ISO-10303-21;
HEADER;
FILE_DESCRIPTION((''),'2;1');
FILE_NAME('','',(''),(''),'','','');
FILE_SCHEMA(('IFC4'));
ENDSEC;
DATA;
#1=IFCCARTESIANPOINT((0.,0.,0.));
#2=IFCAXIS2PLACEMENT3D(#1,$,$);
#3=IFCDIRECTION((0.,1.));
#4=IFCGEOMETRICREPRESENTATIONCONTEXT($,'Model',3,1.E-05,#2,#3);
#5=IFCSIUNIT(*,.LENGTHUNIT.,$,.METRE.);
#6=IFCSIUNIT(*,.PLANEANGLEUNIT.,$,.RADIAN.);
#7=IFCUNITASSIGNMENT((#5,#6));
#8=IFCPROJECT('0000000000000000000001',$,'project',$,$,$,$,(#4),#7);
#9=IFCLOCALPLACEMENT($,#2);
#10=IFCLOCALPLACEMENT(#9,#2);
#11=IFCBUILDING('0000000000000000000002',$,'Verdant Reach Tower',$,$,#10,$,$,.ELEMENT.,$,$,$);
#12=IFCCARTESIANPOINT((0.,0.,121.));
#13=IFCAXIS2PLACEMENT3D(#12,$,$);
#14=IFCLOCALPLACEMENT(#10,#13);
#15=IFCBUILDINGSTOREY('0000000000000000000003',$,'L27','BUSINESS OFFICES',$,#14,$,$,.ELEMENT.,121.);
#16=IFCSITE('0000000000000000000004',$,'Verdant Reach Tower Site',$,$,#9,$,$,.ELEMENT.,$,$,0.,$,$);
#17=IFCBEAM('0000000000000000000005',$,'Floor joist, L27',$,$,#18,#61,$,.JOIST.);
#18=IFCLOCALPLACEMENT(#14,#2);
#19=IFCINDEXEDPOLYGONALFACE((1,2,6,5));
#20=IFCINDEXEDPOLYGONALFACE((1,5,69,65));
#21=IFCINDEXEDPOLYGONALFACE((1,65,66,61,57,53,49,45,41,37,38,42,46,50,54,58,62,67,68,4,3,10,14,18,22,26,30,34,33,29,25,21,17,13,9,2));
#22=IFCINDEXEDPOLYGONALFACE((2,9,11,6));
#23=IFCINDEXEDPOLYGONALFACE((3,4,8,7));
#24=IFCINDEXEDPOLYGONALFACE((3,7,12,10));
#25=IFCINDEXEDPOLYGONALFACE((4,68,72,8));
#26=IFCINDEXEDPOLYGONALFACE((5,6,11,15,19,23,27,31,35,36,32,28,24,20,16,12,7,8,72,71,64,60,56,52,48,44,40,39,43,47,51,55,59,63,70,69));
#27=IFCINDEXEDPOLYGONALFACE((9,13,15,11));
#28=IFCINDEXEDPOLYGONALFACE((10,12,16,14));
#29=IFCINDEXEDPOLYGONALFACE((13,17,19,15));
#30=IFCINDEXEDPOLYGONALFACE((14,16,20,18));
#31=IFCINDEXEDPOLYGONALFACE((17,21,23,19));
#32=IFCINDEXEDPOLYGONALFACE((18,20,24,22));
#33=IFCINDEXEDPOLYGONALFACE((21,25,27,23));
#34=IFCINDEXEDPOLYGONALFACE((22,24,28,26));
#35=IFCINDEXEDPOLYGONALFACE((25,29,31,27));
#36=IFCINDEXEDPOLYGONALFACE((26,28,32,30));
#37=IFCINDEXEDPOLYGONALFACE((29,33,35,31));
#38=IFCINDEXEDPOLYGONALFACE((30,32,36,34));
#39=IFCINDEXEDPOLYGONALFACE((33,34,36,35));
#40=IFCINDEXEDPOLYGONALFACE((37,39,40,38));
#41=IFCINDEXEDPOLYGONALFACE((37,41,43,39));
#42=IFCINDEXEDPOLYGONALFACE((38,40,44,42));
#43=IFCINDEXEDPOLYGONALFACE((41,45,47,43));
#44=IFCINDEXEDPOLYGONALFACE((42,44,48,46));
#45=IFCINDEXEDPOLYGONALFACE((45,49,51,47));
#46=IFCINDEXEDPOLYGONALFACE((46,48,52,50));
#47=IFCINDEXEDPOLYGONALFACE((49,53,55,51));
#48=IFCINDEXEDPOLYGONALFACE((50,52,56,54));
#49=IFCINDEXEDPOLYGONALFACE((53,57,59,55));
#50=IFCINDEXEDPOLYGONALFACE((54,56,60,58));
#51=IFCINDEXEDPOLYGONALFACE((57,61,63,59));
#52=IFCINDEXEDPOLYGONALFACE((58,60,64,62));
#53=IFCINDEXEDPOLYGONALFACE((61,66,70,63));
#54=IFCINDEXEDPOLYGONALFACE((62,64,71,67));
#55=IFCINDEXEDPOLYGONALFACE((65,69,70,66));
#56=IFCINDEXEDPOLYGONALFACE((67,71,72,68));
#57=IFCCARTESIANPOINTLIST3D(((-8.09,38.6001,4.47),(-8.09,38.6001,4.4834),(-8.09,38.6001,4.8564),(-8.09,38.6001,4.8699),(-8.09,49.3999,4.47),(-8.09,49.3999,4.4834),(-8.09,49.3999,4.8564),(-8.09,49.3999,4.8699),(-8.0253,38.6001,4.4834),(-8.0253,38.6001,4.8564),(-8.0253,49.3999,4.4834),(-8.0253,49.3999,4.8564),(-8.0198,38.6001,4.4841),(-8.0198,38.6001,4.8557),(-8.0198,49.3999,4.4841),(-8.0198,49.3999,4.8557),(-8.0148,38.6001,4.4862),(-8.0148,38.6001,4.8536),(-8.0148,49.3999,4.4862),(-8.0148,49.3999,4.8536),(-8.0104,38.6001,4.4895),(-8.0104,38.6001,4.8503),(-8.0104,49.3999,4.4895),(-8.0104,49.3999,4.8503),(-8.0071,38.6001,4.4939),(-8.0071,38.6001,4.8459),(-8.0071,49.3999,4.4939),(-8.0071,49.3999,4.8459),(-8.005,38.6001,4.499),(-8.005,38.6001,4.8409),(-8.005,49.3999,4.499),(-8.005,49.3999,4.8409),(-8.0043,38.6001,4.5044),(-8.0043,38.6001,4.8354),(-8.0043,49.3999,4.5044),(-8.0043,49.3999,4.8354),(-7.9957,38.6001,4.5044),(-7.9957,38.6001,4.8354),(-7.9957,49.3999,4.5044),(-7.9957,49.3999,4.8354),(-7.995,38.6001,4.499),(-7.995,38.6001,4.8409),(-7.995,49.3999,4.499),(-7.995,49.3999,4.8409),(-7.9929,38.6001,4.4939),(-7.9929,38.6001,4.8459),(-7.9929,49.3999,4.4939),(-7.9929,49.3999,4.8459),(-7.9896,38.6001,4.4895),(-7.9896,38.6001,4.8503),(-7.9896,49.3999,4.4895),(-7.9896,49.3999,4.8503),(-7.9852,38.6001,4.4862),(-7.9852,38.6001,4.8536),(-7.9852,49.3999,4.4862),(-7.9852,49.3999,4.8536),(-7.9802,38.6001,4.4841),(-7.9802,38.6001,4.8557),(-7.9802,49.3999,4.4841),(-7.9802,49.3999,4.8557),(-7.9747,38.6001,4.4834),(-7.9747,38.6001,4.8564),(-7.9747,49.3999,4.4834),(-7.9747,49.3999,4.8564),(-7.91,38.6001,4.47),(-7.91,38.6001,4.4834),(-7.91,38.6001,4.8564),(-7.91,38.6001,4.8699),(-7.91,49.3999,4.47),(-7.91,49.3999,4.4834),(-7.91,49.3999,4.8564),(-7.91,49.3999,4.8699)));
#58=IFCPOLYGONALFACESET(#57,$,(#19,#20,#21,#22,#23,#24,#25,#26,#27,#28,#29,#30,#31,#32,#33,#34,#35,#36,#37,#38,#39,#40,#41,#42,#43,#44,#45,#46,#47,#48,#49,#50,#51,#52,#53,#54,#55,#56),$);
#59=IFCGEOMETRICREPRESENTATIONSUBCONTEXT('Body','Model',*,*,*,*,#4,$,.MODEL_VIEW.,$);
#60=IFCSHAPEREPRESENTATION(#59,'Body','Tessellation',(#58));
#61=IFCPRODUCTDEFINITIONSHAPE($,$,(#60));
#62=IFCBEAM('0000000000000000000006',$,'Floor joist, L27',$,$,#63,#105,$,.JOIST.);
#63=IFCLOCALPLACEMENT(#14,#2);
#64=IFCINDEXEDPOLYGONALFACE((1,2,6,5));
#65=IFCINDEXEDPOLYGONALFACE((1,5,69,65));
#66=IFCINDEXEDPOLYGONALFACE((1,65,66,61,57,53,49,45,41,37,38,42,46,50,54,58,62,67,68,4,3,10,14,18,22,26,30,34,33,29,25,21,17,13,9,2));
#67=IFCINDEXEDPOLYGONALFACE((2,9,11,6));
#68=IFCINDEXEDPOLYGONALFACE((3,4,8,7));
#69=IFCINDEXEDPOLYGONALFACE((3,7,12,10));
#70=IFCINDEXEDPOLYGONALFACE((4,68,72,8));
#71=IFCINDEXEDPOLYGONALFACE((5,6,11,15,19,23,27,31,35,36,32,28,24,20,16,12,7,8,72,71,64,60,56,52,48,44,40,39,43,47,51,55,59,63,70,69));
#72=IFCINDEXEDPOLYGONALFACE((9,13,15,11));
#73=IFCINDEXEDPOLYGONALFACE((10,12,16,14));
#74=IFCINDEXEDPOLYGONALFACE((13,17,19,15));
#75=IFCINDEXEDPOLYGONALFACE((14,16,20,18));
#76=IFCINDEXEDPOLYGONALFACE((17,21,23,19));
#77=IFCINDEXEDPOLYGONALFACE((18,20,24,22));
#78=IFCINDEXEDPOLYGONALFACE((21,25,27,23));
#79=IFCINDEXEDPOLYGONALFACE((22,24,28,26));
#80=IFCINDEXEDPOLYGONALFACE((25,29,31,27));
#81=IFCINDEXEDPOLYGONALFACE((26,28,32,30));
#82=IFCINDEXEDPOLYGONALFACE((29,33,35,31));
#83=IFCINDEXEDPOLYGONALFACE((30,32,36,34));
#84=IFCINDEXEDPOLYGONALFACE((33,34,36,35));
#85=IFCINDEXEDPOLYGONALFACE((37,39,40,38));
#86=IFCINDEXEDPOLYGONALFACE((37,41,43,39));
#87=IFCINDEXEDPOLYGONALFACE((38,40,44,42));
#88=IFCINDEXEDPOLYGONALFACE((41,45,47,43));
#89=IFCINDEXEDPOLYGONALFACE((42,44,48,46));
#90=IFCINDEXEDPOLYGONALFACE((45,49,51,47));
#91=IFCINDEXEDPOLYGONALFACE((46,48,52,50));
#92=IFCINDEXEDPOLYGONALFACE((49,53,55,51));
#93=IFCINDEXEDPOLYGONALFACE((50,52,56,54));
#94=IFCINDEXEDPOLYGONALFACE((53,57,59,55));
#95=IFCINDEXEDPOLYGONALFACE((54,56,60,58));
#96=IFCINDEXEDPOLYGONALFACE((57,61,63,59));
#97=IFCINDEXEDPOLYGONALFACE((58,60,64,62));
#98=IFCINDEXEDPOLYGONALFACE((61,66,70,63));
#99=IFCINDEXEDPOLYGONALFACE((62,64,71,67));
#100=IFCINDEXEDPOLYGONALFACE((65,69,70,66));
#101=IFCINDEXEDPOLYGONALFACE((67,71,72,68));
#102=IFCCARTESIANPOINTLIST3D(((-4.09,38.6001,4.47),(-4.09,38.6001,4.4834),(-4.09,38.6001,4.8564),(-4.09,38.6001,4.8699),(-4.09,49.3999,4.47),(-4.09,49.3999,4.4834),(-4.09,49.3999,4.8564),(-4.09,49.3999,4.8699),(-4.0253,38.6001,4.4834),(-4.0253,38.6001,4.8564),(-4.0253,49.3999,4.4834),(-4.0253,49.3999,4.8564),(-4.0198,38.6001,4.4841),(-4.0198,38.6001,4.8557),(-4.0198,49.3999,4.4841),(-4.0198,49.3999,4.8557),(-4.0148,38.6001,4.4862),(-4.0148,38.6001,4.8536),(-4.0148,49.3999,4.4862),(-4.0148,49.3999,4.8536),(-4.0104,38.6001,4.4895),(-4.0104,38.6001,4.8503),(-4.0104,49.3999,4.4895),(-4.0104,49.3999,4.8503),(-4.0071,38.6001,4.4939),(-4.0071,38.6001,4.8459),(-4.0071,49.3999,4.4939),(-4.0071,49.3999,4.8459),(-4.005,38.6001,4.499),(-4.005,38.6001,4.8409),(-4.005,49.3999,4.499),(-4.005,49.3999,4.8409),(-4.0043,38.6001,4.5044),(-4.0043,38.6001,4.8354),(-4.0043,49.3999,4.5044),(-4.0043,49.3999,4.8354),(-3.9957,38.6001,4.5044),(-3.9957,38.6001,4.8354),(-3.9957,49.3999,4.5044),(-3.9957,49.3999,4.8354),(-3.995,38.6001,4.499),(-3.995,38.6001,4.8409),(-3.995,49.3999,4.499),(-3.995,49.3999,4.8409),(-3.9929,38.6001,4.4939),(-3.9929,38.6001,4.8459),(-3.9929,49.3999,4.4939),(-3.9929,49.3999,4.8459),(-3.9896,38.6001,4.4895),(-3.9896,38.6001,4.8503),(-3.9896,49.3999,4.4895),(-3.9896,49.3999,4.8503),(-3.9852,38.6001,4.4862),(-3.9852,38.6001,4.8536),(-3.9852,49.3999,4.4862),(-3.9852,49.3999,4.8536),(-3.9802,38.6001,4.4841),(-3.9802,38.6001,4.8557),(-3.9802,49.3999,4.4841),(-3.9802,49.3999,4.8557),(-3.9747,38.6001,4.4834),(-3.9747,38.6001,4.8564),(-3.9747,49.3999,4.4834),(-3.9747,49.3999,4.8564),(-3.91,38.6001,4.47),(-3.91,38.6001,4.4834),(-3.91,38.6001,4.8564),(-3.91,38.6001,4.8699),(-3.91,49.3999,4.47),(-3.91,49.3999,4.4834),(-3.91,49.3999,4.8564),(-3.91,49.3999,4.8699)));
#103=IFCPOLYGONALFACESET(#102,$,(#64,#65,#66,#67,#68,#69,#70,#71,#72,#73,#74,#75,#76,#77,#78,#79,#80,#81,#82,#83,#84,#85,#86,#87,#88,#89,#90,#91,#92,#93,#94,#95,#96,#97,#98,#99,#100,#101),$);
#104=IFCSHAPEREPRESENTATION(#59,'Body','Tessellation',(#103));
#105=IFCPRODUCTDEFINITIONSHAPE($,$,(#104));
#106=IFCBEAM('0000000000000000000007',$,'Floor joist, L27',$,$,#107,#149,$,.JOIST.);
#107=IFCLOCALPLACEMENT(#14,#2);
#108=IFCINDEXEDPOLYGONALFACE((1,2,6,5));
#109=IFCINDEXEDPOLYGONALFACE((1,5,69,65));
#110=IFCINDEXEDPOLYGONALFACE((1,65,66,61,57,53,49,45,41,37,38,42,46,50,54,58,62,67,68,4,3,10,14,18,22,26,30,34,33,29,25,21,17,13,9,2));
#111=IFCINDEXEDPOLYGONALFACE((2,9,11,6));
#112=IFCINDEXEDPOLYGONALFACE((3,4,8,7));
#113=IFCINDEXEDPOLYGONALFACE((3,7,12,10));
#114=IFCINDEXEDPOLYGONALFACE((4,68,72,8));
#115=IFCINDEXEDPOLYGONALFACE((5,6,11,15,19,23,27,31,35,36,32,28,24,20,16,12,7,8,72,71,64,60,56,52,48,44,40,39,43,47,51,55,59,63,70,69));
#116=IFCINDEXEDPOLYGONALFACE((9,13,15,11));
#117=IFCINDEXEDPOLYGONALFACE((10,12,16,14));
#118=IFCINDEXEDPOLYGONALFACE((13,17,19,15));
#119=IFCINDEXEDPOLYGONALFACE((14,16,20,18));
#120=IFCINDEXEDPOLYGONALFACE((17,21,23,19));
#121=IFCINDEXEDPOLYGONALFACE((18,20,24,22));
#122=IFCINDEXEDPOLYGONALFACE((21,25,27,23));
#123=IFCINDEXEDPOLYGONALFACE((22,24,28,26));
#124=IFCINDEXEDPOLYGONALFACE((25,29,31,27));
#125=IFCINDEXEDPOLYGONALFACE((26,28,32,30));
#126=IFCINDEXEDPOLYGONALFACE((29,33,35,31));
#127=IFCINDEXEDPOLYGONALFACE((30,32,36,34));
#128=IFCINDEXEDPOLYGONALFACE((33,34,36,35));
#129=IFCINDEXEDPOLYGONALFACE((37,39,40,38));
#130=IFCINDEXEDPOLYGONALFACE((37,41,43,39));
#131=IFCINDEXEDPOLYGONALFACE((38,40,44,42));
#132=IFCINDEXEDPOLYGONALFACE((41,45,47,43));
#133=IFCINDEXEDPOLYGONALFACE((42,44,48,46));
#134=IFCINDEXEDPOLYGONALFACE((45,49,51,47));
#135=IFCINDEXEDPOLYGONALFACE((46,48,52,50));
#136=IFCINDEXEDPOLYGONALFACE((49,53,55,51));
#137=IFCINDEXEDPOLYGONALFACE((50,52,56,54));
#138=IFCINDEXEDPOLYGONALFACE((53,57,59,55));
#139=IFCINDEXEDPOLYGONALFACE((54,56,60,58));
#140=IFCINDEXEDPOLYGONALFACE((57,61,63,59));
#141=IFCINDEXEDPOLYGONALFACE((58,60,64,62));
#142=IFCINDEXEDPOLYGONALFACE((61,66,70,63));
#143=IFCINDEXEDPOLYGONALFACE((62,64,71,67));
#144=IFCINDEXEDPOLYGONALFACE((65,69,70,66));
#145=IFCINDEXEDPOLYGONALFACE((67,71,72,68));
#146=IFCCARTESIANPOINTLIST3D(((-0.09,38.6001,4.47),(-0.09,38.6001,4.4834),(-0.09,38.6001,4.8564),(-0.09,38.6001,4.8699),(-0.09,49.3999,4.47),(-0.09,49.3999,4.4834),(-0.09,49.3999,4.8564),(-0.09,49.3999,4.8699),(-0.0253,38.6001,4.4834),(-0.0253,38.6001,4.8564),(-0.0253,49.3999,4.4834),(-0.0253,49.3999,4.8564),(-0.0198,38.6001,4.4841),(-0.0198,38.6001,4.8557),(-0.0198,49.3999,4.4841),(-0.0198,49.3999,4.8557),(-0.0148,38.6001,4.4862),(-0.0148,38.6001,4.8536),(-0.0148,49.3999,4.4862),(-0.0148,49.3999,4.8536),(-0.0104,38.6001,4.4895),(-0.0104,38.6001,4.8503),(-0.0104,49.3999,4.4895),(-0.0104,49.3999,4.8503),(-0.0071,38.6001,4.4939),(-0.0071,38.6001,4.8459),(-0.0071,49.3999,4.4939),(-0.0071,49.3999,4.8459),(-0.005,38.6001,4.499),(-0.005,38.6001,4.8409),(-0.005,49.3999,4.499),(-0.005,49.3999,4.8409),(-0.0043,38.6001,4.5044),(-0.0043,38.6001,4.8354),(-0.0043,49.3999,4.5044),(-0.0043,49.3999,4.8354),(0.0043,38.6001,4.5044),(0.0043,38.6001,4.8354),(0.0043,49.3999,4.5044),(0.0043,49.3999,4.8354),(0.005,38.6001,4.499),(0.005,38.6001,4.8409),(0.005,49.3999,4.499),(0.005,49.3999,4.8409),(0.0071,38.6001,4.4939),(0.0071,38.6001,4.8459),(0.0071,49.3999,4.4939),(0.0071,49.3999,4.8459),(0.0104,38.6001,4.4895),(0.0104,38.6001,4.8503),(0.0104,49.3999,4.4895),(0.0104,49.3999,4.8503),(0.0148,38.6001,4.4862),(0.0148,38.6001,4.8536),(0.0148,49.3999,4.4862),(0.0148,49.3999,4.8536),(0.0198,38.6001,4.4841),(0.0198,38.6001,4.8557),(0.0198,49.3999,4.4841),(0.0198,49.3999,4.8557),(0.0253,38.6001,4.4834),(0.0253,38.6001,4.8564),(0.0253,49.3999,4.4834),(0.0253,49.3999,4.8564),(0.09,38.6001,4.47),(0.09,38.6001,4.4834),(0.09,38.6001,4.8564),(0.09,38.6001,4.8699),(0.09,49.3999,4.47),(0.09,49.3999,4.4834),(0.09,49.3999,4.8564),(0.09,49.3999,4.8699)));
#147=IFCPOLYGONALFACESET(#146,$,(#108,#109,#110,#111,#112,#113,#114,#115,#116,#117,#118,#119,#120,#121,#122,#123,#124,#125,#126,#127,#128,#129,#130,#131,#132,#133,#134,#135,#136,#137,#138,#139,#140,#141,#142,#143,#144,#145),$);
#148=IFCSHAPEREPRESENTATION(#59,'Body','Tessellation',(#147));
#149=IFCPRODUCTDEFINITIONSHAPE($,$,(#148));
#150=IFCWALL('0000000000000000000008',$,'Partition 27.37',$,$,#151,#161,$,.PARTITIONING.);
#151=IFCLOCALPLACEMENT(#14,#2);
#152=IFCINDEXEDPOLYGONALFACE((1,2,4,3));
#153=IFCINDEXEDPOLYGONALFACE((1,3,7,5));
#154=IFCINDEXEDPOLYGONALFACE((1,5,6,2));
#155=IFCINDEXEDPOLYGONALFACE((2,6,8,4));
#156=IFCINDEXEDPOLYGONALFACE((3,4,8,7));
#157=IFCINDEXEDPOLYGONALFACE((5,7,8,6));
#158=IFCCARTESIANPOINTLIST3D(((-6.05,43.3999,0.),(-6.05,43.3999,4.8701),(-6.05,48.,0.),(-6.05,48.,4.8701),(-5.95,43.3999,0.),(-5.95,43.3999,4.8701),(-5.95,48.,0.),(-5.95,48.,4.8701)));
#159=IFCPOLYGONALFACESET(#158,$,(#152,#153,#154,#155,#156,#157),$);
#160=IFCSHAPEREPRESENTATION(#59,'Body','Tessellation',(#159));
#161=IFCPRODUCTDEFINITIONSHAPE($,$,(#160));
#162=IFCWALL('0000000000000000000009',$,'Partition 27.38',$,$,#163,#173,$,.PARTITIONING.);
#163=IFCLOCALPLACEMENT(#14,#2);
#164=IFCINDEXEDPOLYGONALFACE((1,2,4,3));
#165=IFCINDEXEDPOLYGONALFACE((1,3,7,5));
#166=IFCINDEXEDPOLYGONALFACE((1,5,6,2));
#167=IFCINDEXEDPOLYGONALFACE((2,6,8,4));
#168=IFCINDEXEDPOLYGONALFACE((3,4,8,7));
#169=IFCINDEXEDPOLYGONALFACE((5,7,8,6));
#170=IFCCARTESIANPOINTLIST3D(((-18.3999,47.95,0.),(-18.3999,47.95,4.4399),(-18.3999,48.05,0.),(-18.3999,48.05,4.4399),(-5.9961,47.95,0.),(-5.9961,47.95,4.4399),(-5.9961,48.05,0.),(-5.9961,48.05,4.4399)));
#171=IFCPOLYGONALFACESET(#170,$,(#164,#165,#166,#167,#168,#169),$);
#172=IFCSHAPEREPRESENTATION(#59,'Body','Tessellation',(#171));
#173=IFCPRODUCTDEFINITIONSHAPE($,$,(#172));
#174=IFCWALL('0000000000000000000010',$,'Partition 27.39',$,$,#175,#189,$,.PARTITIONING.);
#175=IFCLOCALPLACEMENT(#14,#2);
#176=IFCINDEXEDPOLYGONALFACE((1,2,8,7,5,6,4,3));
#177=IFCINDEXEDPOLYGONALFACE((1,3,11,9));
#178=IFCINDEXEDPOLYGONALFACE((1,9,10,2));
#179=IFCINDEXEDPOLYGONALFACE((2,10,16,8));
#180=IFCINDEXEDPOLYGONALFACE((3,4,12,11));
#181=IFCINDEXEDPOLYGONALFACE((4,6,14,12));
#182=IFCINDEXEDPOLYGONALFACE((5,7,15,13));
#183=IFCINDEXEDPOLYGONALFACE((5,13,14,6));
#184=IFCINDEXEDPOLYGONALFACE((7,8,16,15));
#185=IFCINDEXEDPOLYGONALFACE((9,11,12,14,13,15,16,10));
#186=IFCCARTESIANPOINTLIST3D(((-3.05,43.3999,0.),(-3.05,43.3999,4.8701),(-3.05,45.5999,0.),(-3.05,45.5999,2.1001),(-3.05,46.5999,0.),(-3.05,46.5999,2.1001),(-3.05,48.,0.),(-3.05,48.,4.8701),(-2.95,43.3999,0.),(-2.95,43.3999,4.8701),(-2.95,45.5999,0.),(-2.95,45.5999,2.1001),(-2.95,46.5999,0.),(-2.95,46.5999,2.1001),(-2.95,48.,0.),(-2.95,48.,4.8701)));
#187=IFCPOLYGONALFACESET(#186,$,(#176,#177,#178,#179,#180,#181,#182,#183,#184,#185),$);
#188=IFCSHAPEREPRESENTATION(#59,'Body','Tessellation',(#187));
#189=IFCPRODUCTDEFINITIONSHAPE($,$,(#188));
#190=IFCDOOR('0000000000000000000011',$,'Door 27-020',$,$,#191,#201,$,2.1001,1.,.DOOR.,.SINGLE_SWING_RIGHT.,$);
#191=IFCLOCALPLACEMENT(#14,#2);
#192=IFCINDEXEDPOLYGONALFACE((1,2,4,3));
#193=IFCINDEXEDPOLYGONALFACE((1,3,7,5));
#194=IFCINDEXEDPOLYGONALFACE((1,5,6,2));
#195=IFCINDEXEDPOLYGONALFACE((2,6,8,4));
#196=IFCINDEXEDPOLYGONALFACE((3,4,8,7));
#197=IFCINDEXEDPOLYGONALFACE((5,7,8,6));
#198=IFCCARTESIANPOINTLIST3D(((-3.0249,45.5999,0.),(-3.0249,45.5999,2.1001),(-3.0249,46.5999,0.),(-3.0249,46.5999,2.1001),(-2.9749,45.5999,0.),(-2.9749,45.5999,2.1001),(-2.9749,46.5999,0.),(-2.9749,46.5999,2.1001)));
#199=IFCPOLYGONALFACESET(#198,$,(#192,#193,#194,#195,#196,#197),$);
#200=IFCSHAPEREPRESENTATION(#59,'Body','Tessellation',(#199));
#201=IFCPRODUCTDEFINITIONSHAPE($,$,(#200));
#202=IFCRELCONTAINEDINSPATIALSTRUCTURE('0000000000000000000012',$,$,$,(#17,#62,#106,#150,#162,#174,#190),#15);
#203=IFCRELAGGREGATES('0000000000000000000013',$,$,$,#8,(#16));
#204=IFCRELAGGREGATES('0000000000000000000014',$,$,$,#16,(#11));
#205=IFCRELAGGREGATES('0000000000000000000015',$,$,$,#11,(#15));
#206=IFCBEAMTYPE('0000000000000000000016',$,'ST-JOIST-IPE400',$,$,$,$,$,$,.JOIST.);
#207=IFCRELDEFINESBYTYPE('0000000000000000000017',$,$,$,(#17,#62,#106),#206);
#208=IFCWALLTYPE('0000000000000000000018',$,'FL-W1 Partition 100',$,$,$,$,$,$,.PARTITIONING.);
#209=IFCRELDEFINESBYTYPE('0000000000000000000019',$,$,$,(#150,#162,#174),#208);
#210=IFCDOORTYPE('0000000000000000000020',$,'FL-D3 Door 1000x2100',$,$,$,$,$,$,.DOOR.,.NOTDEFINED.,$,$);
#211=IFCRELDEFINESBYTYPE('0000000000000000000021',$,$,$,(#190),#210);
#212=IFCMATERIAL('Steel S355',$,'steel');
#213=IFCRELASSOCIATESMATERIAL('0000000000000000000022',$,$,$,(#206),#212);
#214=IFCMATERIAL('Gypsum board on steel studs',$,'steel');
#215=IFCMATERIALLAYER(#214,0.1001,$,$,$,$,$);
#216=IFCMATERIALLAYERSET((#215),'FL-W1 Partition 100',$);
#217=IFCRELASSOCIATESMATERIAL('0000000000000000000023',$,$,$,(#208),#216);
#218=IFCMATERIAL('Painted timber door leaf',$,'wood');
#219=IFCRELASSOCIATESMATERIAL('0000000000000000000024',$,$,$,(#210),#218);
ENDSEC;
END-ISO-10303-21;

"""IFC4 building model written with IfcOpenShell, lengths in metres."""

from ifc_helpers import new_model, si_unit, direction, frame, frame_2d, origin, origin_2d, place, context, subcontext, project, spatial, rectangle, i_section, extrude, material, layer, layer_set, material_profile, profile_set, type_object, element, fill, save


model = new_model("IFC4")

# Units and contexts
model_context = context("Model", 3, precision=1e-05, world=origin(), true_north=direction((0.0, 1.0)))
body_context = subcontext(model_context, "Body", "Model", "MODEL_VIEW")
ifc_project = project(units=[si_unit("LENGTHUNIT", "METRE"), si_unit("PLANEANGLEUNIT", "RADIAN")], contexts=[model_context])

# Site, building, storey
site_placement = place(None, origin())
site = spatial("IfcSite", under=ifc_project, at=site_placement, Name="Verdant Reach Tower Site", CompositionType="ELEMENT", RefElevation=0.0)
building_placement = place(site_placement, origin())
building = spatial("IfcBuilding", under=site, at=building_placement, Name="Verdant Reach Tower", CompositionType="ELEMENT")
storey_placement = place(building_placement, frame((0.0, 0.0, 121.0)))
storey = spatial("IfcBuildingStorey", under=building, at=storey_placement, Name="L27", Description="BUSINESS OFFICES", CompositionType="ELEMENT", Elevation=121.0)

# Beams
ifc_material_1 = material(Name="Steel S355", Category="steel")
ifc_material_profile = material_profile(ifc_material_1, i_section(OverallWidth=0.1799, OverallDepth=0.3999, WebThickness=0.0085, FlangeThickness=0.0134, FilletRadius=0.021, at=origin_2d()), Name="IPE 400")
ifc_profile_set = profile_set([ifc_material_profile], Name="Steel S355")
beam_type = type_object("IfcBeamType", Name="ST-JOIST-IPE400", PredefinedType="JOIST", material=ifc_profile_set)
for number, where, z_axis, x_axis, name in (
    (1, (-8.0, 38.6001, 4.6699), (0.0, 1.0, 0.0), (-1.0, 0.0, 0.0), "Floor joist, L27"),
    (2, (-4.0, 38.6001, 4.6699), (0.0, 1.0, 0.0), (-1.0, 0.0, 0.0), "Floor joist, L27"),
    (3, (0.0, 38.6001, 4.6699), (0.0, 1.0, 0.0), (-1.0, 0.0, 0.0), "Floor joist, L27"),
):
    element("IfcBeam", number, at=place(storey_placement, frame(where, z_axis=z_axis, x_axis=x_axis)), inside=storey, type_object=beam_type, Name=name, PredefinedType="JOIST", context=body_context, shape_type="SweptSolid", body=[
        extrude(i_section(OverallWidth=0.1799, OverallDepth=0.3999, WebThickness=0.0085, FlangeThickness=0.0134, FilletRadius=0.021, at=origin_2d()), origin(), (0.0, 0.0, 1.0), 10.7998),
    ])

# Walls
ifc_material_2 = material(Name="Gypsum board on steel studs", Category="steel")
ifc_layer_1 = layer(ifc_material_2, 0.1001)
ifc_layer_set_1 = layer_set([ifc_layer_1], Name="FL-W1 Partition 100")
wall_type_1 = type_object("IfcWallType", Name="FL-W1 Partition 100", PredefinedType="PARTITIONING", material=ifc_layer_set_1)
wall_1_placement = place(storey_placement, frame((-6.0, 43.3999, 0.0), z_axis=(0.0, 0.0, 1.0), x_axis=(0.0, 1.0, 0.0)))
element("IfcWall", 4, at=wall_1_placement, inside=storey, type_object=wall_type_1, Name="Partition 27.37", PredefinedType="PARTITIONING", context=body_context, shape_type="SweptSolid", body=[
    extrude(rectangle(XDim=4.6001, YDim=0.1001, at=frame_2d((2.3, 0.0))), origin(), (0.0, 0.0, 1.0), 4.8701),
])
wall_2_placement = place(storey_placement, frame((-5.9961, 48.0, 0.0), z_axis=(0.0, 0.0, 1.0), x_axis=(-1.0, 0.0, 0.0)))
element("IfcWall", 5, at=wall_2_placement, inside=storey, type_object=wall_type_1, Name="Partition 27.38", PredefinedType="PARTITIONING", context=body_context, shape_type="SweptSolid", body=[
    extrude(rectangle(XDim=12.4038, YDim=0.1001, at=frame_2d((6.2019, 0.0))), origin(), (0.0, 0.0, 1.0), 4.4399),
])

# Wall, opening, door
wall_3_placement = place(storey_placement, frame((-3.0, 43.3999, 0.0), z_axis=(0.0, 0.0, 1.0), x_axis=(0.0, 1.0, 0.0)))
wall_3 = element("IfcWall", 6, at=wall_3_placement, inside=storey, type_object=wall_type_1, Name="Partition 27.39", PredefinedType="PARTITIONING", context=body_context, shape_type="SweptSolid", body=[
    extrude(rectangle(XDim=4.6001, YDim=0.1001, at=frame_2d((2.3, 0.0))), origin(), (0.0, 0.0, 1.0), 4.8701),
])
opening_1_placement = place(wall_3_placement, frame((2.2, 0.0, 0.0)))
opening_1 = element("IfcOpeningElement", 7, at=opening_1_placement, cuts=wall_3, PredefinedType="OPENING", context=body_context, shape_type="SweptSolid", body=[
    extrude(rectangle(XDim=1.0, YDim=2.1001, at=frame_2d((0.5, 1.05))), frame((0.0, 0.0601, 0.0), z_axis=(0.0, -1.0, 0.0), x_axis=(1.0, 0.0, 0.0)), (0.0, 0.0, 1.0), 0.1201),
])
ifc_material_3 = material(Name="Painted timber door leaf", Category="wood")
door_type_1 = type_object("IfcDoorType", Name="FL-D3 Door 1000x2100", OperationType="NOTDEFINED", PredefinedType="DOOR", material=ifc_material_3)
door_1_placement = place(opening_1_placement, origin())
door_1 = element("IfcDoor", 8, at=door_1_placement, inside=storey, type_object=door_type_1, Name="Door 27-020", OperationType="SINGLE_SWING_RIGHT", OverallHeight=2.1001, OverallWidth=1.0, PredefinedType="DOOR", context=body_context, shape_type="SweptSolid", body=[
    extrude(rectangle(XDim=1.0, YDim=2.1001, at=frame_2d((0.5, 1.05))), frame((0.0, 0.0249, 0.0), z_axis=(0.0, -1.0, 0.0), x_axis=(1.0, 0.0, 0.0)), (0.0, 0.0, 1.0), 0.05),
])
fill(opening_1, door_1)

save(model, "model.ifc")
